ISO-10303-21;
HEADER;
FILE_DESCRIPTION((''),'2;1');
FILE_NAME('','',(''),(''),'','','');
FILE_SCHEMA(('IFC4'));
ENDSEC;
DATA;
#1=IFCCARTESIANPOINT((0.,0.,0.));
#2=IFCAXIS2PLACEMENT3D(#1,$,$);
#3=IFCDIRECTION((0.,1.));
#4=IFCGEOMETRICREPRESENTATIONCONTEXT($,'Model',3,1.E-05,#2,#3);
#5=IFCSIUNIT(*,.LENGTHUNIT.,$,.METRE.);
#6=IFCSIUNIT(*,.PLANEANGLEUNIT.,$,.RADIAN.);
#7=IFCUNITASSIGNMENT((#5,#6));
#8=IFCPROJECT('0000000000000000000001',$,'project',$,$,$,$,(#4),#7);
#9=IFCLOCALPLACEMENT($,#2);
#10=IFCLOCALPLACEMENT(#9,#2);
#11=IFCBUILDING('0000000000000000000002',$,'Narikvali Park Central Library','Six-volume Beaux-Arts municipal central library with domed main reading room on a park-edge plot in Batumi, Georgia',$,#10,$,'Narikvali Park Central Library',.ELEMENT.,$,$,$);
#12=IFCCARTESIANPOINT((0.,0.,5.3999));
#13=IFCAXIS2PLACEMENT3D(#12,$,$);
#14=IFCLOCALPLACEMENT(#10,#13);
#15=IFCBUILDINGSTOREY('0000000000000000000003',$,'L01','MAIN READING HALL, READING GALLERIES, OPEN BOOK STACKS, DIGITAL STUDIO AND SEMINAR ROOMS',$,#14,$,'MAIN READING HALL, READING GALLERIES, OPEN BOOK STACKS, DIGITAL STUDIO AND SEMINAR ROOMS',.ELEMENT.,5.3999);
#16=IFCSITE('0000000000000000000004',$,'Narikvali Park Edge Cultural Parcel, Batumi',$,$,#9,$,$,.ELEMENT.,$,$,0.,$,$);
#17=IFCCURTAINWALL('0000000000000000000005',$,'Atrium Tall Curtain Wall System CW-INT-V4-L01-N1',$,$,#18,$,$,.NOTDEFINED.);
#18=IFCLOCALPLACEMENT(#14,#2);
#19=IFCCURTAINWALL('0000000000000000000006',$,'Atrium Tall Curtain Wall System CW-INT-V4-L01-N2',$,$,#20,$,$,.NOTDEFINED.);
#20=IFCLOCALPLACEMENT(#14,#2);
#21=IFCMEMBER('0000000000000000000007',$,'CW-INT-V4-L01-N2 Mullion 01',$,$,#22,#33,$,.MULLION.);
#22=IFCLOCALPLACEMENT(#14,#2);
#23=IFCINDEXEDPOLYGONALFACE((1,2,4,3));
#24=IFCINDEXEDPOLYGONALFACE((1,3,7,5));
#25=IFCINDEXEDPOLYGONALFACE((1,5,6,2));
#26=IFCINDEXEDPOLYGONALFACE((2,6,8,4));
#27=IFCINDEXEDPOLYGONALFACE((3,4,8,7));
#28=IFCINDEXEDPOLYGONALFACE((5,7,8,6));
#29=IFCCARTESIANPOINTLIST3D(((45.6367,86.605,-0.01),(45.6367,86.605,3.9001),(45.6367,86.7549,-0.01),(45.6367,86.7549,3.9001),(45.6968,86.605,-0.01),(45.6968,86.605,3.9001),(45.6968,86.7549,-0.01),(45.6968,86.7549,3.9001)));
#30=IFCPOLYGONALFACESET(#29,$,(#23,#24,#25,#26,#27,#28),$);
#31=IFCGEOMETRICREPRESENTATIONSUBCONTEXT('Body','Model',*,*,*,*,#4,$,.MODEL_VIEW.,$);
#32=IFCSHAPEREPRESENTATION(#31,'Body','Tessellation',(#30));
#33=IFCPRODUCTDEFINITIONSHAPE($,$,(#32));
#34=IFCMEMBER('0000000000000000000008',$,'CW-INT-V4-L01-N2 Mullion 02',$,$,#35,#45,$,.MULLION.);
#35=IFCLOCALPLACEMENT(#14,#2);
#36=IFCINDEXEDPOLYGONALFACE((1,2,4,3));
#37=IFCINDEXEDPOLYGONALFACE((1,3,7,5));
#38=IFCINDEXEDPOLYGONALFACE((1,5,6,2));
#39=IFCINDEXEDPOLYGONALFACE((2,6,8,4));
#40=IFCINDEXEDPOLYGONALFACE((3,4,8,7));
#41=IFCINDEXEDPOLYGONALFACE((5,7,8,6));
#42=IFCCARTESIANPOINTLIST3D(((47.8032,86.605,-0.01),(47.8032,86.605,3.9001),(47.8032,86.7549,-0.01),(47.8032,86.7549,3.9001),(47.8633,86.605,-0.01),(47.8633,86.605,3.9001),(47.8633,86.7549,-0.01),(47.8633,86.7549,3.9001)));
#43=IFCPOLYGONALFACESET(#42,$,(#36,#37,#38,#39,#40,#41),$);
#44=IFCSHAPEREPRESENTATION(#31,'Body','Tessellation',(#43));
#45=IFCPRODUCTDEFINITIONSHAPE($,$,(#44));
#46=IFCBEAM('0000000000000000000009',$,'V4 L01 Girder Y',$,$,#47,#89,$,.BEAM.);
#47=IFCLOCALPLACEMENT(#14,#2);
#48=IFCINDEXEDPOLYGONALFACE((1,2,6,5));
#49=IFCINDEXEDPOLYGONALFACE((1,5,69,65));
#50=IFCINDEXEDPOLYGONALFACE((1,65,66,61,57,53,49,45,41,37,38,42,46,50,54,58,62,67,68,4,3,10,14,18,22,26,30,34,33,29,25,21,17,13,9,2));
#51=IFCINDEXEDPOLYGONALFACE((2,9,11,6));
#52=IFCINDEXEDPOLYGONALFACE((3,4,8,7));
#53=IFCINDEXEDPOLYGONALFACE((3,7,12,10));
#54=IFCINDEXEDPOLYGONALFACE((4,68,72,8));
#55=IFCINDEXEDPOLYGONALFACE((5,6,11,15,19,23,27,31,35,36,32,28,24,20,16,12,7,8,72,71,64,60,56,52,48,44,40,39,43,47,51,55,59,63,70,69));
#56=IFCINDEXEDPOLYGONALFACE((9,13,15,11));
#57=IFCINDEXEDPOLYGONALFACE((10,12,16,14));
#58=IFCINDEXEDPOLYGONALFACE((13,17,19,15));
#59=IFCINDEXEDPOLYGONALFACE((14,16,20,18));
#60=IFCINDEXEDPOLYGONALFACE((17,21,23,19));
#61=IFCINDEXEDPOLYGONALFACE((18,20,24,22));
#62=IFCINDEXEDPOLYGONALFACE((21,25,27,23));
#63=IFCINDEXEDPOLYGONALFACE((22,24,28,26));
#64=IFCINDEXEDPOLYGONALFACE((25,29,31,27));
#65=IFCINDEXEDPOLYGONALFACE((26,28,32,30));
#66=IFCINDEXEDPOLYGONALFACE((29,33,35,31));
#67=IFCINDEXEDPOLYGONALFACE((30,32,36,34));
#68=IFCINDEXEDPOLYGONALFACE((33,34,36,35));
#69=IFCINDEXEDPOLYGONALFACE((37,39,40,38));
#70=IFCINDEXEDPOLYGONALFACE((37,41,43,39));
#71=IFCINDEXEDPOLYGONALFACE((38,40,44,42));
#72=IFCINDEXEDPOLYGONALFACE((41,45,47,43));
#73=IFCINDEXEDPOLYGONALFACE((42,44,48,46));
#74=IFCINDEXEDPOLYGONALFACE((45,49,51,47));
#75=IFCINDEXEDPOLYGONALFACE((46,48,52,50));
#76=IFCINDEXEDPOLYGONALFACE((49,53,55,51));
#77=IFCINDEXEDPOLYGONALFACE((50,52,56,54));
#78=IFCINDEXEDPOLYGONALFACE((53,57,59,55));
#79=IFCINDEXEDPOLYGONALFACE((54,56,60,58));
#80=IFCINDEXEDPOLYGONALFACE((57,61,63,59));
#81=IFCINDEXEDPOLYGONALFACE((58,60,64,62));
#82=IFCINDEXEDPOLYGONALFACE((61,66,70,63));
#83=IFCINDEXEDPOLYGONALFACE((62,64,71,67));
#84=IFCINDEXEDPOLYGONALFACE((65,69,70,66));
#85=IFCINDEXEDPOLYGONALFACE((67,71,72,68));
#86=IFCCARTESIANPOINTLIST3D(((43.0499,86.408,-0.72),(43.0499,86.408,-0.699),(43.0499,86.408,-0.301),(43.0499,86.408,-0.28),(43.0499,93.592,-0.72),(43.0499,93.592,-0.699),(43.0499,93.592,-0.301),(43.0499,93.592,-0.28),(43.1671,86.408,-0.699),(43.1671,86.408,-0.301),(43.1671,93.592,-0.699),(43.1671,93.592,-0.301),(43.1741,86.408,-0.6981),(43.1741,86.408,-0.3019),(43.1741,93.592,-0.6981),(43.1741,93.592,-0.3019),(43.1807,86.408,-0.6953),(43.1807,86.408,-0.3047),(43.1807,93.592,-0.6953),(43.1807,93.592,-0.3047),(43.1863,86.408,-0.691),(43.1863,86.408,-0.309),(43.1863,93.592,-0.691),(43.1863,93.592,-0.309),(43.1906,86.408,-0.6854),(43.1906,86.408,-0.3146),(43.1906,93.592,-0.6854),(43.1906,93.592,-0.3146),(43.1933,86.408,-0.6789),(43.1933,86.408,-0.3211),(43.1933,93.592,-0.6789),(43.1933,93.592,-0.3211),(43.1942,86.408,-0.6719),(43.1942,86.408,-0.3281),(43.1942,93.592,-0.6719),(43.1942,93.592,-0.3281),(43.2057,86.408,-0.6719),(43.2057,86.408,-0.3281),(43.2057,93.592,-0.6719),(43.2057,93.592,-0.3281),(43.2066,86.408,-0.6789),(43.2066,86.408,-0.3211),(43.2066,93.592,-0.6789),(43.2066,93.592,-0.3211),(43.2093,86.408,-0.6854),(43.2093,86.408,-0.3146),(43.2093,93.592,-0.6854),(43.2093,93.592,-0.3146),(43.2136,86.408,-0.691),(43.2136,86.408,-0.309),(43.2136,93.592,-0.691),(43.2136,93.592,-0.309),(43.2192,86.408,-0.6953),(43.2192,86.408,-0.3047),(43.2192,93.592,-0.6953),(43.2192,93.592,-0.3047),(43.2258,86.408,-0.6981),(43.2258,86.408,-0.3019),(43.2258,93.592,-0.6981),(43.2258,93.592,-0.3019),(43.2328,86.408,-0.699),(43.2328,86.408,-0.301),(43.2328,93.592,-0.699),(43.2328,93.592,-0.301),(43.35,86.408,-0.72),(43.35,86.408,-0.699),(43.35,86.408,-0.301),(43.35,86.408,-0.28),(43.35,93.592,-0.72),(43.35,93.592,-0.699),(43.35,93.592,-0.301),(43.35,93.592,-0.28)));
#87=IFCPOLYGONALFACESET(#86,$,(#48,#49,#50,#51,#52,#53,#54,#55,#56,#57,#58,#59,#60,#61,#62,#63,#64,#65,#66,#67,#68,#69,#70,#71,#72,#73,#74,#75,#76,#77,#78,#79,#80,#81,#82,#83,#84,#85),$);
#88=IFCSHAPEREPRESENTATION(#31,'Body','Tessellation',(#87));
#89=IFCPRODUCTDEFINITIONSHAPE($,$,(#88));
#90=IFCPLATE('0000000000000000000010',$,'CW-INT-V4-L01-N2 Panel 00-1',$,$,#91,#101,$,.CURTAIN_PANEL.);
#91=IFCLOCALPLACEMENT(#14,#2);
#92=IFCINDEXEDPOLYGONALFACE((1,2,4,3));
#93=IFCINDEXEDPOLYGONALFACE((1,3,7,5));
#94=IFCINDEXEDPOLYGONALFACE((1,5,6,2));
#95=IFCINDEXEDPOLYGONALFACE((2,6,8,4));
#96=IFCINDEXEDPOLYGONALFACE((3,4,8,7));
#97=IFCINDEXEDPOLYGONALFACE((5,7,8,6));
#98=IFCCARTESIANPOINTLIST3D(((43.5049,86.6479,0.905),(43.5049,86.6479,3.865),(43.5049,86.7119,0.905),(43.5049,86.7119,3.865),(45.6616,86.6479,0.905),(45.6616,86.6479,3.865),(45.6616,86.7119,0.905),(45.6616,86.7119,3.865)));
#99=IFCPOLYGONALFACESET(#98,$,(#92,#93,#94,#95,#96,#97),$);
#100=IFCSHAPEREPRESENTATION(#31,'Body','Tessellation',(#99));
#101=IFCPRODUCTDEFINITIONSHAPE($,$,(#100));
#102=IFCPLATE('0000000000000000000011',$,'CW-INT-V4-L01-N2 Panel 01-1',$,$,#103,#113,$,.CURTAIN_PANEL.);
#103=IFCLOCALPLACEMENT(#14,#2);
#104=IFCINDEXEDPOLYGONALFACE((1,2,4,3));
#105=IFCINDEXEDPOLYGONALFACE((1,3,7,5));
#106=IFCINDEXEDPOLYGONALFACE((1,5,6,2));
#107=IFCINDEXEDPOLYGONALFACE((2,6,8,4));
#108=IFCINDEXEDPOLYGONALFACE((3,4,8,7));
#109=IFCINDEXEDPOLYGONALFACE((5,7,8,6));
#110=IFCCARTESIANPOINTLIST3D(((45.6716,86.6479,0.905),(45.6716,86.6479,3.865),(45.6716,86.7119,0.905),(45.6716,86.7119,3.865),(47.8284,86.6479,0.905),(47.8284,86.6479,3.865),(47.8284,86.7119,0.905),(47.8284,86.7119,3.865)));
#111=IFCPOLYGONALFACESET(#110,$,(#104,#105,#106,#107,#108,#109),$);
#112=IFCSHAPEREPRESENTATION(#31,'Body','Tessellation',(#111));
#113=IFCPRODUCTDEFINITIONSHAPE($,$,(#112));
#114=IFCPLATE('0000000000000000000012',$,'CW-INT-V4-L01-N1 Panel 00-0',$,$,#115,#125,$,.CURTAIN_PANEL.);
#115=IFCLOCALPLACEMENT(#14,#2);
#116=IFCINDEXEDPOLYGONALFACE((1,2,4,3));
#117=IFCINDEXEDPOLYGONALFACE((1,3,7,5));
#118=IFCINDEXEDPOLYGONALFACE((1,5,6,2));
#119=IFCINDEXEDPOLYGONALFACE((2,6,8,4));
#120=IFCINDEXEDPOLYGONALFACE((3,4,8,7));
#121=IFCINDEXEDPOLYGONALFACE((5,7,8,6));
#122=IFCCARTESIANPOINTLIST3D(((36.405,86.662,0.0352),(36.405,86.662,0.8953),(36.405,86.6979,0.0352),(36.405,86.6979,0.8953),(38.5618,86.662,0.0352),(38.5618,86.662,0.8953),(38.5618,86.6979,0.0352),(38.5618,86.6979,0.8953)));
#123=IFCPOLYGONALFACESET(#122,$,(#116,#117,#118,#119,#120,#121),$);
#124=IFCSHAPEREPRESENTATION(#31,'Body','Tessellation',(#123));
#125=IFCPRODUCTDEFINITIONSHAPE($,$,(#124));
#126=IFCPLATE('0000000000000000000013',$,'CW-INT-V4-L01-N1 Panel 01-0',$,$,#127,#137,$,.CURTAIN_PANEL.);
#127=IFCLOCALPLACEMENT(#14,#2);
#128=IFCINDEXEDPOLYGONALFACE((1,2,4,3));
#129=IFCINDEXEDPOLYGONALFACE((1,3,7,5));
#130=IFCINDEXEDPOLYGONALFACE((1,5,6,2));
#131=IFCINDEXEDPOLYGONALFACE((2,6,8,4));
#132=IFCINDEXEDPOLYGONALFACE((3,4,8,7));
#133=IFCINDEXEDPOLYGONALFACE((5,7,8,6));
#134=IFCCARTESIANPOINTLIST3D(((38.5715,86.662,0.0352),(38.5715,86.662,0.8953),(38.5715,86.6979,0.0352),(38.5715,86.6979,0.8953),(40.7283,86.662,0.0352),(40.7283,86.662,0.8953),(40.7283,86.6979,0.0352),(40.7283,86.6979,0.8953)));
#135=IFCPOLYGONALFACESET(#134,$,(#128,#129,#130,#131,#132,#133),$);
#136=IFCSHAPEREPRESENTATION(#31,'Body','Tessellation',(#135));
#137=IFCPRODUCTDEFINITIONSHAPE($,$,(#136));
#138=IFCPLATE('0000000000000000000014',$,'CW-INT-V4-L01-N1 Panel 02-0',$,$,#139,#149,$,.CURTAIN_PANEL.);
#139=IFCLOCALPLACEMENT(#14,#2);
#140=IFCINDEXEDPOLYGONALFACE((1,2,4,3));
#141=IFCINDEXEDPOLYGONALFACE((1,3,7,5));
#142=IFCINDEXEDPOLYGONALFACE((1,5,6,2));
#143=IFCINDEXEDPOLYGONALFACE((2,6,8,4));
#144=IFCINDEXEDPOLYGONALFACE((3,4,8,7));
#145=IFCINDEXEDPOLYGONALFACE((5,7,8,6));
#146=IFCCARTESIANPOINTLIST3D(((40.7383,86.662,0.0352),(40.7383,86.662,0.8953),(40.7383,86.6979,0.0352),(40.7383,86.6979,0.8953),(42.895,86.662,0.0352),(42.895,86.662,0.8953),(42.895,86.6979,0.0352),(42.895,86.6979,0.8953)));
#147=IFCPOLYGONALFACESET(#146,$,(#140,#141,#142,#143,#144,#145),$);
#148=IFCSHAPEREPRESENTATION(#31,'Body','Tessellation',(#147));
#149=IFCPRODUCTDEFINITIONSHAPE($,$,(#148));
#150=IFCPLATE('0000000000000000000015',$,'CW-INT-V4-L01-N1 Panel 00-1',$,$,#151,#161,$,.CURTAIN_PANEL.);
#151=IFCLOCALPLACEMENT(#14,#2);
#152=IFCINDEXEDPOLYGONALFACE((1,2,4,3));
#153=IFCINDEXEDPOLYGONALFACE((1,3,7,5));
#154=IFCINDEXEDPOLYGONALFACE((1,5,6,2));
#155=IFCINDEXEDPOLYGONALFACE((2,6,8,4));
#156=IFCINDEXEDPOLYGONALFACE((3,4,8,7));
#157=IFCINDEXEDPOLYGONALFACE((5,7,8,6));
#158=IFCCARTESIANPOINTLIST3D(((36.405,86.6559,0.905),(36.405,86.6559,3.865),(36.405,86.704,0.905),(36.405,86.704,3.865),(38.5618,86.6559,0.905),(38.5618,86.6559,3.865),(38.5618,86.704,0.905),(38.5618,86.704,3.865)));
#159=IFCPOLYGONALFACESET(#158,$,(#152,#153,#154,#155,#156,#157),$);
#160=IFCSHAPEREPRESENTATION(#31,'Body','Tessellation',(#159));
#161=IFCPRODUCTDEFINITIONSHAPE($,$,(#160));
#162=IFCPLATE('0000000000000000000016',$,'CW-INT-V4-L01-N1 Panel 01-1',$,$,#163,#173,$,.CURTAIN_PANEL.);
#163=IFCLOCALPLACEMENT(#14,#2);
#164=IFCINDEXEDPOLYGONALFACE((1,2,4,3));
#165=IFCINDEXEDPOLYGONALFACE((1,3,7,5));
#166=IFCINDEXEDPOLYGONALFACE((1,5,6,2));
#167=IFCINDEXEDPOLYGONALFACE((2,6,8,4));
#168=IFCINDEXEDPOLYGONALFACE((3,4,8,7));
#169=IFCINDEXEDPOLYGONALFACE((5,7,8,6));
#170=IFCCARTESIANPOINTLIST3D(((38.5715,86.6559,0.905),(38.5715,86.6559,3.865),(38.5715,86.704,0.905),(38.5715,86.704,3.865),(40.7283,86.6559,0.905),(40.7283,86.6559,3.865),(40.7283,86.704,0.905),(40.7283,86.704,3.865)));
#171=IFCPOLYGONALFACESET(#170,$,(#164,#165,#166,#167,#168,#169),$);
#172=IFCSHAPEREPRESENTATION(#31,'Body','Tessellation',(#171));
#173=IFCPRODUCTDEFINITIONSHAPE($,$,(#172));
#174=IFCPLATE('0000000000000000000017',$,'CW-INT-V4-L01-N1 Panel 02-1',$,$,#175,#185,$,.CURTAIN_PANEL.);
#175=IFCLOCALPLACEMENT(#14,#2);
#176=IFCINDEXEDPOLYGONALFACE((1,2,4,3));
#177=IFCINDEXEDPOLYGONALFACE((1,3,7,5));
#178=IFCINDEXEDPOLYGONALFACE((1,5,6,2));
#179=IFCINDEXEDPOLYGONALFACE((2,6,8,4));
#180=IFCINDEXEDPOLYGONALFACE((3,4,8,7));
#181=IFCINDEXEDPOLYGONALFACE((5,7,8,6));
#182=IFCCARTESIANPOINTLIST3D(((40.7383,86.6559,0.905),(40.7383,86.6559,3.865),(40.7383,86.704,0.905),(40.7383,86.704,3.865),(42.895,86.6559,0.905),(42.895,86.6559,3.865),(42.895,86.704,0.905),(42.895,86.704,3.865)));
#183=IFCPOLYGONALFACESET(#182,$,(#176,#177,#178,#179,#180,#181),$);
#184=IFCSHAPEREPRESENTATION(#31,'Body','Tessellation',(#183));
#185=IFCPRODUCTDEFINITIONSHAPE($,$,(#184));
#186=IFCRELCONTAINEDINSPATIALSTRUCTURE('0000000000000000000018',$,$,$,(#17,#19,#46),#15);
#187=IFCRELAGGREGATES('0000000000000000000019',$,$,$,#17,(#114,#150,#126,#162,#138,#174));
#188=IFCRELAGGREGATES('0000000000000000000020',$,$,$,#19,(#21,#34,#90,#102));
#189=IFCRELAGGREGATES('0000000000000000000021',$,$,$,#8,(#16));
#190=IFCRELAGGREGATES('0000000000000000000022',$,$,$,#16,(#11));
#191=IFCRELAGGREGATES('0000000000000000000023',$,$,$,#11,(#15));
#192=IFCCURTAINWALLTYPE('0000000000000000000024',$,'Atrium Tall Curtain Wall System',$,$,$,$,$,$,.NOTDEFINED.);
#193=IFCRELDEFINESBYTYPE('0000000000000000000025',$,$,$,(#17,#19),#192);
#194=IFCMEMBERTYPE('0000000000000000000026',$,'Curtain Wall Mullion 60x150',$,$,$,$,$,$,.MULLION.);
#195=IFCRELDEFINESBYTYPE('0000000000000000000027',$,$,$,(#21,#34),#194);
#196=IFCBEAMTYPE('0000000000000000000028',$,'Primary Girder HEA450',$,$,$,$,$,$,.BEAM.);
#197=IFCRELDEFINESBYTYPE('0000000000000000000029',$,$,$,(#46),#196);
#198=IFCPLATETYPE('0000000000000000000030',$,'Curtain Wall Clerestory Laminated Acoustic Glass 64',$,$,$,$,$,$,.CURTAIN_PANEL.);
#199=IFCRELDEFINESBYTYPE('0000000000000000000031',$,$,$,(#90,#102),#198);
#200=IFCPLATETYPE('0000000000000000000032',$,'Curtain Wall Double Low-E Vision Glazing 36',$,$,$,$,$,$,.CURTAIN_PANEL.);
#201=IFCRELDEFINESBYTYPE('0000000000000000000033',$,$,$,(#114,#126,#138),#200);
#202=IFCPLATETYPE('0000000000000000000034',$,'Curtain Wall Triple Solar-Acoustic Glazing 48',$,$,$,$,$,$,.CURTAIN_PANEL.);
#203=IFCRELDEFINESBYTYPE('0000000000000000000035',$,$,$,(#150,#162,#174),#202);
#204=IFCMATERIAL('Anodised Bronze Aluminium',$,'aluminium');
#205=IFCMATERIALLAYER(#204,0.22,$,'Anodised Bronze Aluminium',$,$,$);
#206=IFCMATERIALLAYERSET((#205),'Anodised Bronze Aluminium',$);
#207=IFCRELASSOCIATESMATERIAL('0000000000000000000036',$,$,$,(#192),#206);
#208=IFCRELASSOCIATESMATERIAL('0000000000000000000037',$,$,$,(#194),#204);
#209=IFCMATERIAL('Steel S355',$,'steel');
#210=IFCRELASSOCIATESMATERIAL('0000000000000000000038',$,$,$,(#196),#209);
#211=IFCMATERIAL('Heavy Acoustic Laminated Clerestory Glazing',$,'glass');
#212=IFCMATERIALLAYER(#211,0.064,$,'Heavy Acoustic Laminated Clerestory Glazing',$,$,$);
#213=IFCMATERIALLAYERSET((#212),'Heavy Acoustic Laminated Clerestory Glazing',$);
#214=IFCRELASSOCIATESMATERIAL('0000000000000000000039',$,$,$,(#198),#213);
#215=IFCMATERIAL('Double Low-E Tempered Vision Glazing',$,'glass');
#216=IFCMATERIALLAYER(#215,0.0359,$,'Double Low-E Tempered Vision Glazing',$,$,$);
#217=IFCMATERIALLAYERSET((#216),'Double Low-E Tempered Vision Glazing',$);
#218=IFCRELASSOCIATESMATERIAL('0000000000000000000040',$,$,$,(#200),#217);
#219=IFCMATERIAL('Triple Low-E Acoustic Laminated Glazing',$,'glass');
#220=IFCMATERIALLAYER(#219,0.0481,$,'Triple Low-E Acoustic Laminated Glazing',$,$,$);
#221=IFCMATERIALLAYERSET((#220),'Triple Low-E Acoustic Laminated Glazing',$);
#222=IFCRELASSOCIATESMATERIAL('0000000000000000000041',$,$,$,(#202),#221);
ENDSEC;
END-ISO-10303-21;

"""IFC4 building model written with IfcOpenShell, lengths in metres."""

from ifc_helpers import new_model, si_unit, direction, frame, origin, origin_2d, place, context, subcontext, project, spatial, rectangle, i_section, extrude, material, layer, layer_set, material_profile, profile_set, type_object, element, aggregate, save


model = new_model("IFC4")

# Units and contexts
model_context = context("Model", 3, precision=1e-05, world=origin(), true_north=direction((0.0, 1.0)))
body_context = subcontext(model_context, "Body", "Model", "MODEL_VIEW")
ifc_project = project(units=[si_unit("LENGTHUNIT", "METRE"), si_unit("PLANEANGLEUNIT", "RADIAN")], contexts=[model_context])

# Site, building, storey
site_placement = place(None, origin())
site = spatial("IfcSite", under=ifc_project, at=site_placement, Name="Narikvali Park Edge Cultural Parcel, Batumi", CompositionType="ELEMENT", RefElevation=0.0)
building_placement = place(site_placement, origin())
building = spatial("IfcBuilding", under=site, at=building_placement, Name="Narikvali Park Central Library", Description="Six-volume Beaux-Arts municipal central library with domed main reading room on a park-edge plot in Batumi, Georgia", LongName="Narikvali Park Central Library", CompositionType="ELEMENT")
storey_placement = place(building_placement, frame((0.0, 0.0, 5.3999)))
storey = spatial("IfcBuildingStorey", under=building, at=storey_placement, Name="L01", Description="MAIN READING HALL, READING GALLERIES, OPEN BOOK STACKS, DIGITAL STUDIO AND SEMINAR ROOMS", LongName="MAIN READING HALL, READING GALLERIES, OPEN BOOK STACKS, DIGITAL STUDIO AND SEMINAR ROOMS", CompositionType="ELEMENT", Elevation=5.3999)

# Shared definitions
ifc_material_1 = material(Name="Steel S355", Category="steel")

# Curtain walls
ifc_material_2 = material(Name="Anodised Bronze Aluminium", Category="aluminium")
ifc_layer_1 = layer(ifc_material_2, 0.22, Name="Anodised Bronze Aluminium")
ifc_layer_set_1 = layer_set([ifc_layer_1], Name="Anodised Bronze Aluminium")
curtain_wall_type = type_object("IfcCurtainWallType", Name="Atrium Tall Curtain Wall System", PredefinedType="NOTDEFINED", material=ifc_layer_set_1)
curtain_wall_1_placement = place(storey_placement, origin())
curtain_wall_1 = element("IfcCurtainWall", 1, at=curtain_wall_1_placement, inside=storey, type_object=curtain_wall_type, Name="Atrium Tall Curtain Wall System CW-INT-V4-L01-N1", PredefinedType="NOTDEFINED")
curtain_wall_2_placement = place(storey_placement, origin())
curtain_wall_2 = element("IfcCurtainWall", 2, at=curtain_wall_2_placement, inside=storey, type_object=curtain_wall_type, Name="Atrium Tall Curtain Wall System CW-INT-V4-L01-N2", PredefinedType="NOTDEFINED")

# Members
ifc_material_profile_1 = material_profile(ifc_material_2, rectangle(XDim=0.0601, YDim=0.1499, at=origin_2d()), Name="CW MULLION 60x150")
ifc_profile_set_1 = profile_set([ifc_material_profile_1], Name="Anodised Bronze Aluminium")
member_type_1 = type_object("IfcMemberType", Name="Curtain Wall Mullion 60x150", PredefinedType="MULLION", material=ifc_profile_set_1)
member_1_placement = place(storey_placement, frame((45.6667, 86.6799, -0.01), z_axis=(0.0, 0.0, 1.0), x_axis=(1.0, 0.0, 0.0)))
member_1 = element("IfcMember", 3, at=member_1_placement, type_object=member_type_1, Name="CW-INT-V4-L01-N2 Mullion 01", PredefinedType="MULLION", context=body_context, shape_type="SweptSolid", body=[
    extrude(rectangle(XDim=0.0601, YDim=0.1499, at=origin_2d()), origin(), (0.0, 0.0, 1.0), 3.9102),
])
member_2_placement = place(storey_placement, frame((47.8333, 86.6799, -0.01), z_axis=(0.0, 0.0, 1.0), x_axis=(1.0, 0.0, 0.0)))
member_2 = element("IfcMember", 4, at=member_2_placement, type_object=member_type_1, Name="CW-INT-V4-L01-N2 Mullion 02", PredefinedType="MULLION", context=body_context, shape_type="SweptSolid", body=[
    extrude(rectangle(XDim=0.0601, YDim=0.1499, at=origin_2d()), origin(), (0.0, 0.0, 1.0), 3.9102),
])

# Beam
ifc_material_profile_2 = material_profile(ifc_material_1, i_section(OverallWidth=0.3, OverallDepth=0.4399, WebThickness=0.0115, FlangeThickness=0.021, FilletRadius=0.0271, at=origin_2d()), Name="HEA 450")
ifc_profile_set_2 = profile_set([ifc_material_profile_2], Name="Steel S355")
beam_type = type_object("IfcBeamType", Name="Primary Girder HEA450", PredefinedType="BEAM", material=ifc_profile_set_2)
beam_placement = place(storey_placement, frame((43.2, 86.408, -0.5), z_axis=(0.0, 1.0, 0.0), x_axis=(-1.0, 0.0, 0.0)))
element("IfcBeam", 5, at=beam_placement, inside=storey, type_object=beam_type, Name="V4 L01 Girder Y", PredefinedType="BEAM", context=body_context, shape_type="SweptSolid", body=[
    extrude(i_section(OverallWidth=0.3, OverallDepth=0.4399, WebThickness=0.0115, FlangeThickness=0.021, FilletRadius=0.0271, at=origin_2d()), origin(), (0.0, 0.0, 1.0), 7.1841),
])

# Plates
ifc_material_3 = material(Name="Heavy Acoustic Laminated Clerestory Glazing", Category="glass")
ifc_layer_2 = layer(ifc_material_3, 0.064, Name="Heavy Acoustic Laminated Clerestory Glazing")
ifc_layer_set_2 = layer_set([ifc_layer_2], Name="Heavy Acoustic Laminated Clerestory Glazing")
plate_type_1 = type_object("IfcPlateType", Name="Curtain Wall Clerestory Laminated Acoustic Glass 64", PredefinedType="CURTAIN_PANEL", material=ifc_layer_set_2)
plate_1_placement = place(storey_placement, frame((44.5833, 86.6799, 0.905), z_axis=(0.0, 0.0, 1.0), x_axis=(1.0, 0.0, 0.0)))
plate_1 = element("IfcPlate", 6, at=plate_1_placement, type_object=plate_type_1, Name="CW-INT-V4-L01-N2 Panel 00-1", PredefinedType="CURTAIN_PANEL", context=body_context, shape_type="SweptSolid", body=[
    extrude(rectangle(XDim=2.1567, YDim=0.064, at=origin_2d()), origin(), (0.0, 0.0, 1.0), 2.96),
])
plate_2_placement = place(storey_placement, frame((46.75, 86.6799, 0.905), z_axis=(0.0, 0.0, 1.0), x_axis=(1.0, 0.0, 0.0)))
plate_2 = element("IfcPlate", 7, at=plate_2_placement, type_object=plate_type_1, Name="CW-INT-V4-L01-N2 Panel 01-1", PredefinedType="CURTAIN_PANEL", context=body_context, shape_type="SweptSolid", body=[
    extrude(rectangle(XDim=2.1567, YDim=0.064, at=origin_2d()), origin(), (0.0, 0.0, 1.0), 2.96),
])
ifc_material_4 = material(Name="Double Low-E Tempered Vision Glazing", Category="glass")
ifc_layer_3 = layer(ifc_material_4, 0.0359, Name="Double Low-E Tempered Vision Glazing")
ifc_layer_set_3 = layer_set([ifc_layer_3], Name="Double Low-E Tempered Vision Glazing")
plate_type_2 = type_object("IfcPlateType", Name="Curtain Wall Double Low-E Vision Glazing 36", PredefinedType="CURTAIN_PANEL", material=ifc_layer_set_3)
plate_3_placement = place(storey_placement, frame((37.4834, 86.6799, 0.0352), z_axis=(0.0, 0.0, 1.0), x_axis=(1.0, 0.0, 0.0)))
plate_3 = element("IfcPlate", 8, at=plate_3_placement, type_object=plate_type_2, Name="CW-INT-V4-L01-N1 Panel 00-0", PredefinedType="CURTAIN_PANEL", context=body_context, shape_type="SweptSolid", body=[
    extrude(rectangle(XDim=2.1567, YDim=0.0359, at=origin_2d()), origin(), (0.0, 0.0, 1.0), 0.8601),
])
plate_4_placement = place(storey_placement, frame((39.6499, 86.6799, 0.0352), z_axis=(0.0, 0.0, 1.0), x_axis=(1.0, 0.0, 0.0)))
plate_4 = element("IfcPlate", 9, at=plate_4_placement, type_object=plate_type_2, Name="CW-INT-V4-L01-N1 Panel 01-0", PredefinedType="CURTAIN_PANEL", context=body_context, shape_type="SweptSolid", body=[
    extrude(rectangle(XDim=2.1567, YDim=0.0359, at=origin_2d()), origin(), (0.0, 0.0, 1.0), 0.8601),
])
plate_5_placement = place(storey_placement, frame((41.8167, 86.6799, 0.0352), z_axis=(0.0, 0.0, 1.0), x_axis=(1.0, 0.0, 0.0)))
plate_5 = element("IfcPlate", 10, at=plate_5_placement, type_object=plate_type_2, Name="CW-INT-V4-L01-N1 Panel 02-0", PredefinedType="CURTAIN_PANEL", context=body_context, shape_type="SweptSolid", body=[
    extrude(rectangle(XDim=2.1567, YDim=0.0359, at=origin_2d()), origin(), (0.0, 0.0, 1.0), 0.8601),
])
ifc_material_5 = material(Name="Triple Low-E Acoustic Laminated Glazing", Category="glass")
ifc_layer_4 = layer(ifc_material_5, 0.0481, Name="Triple Low-E Acoustic Laminated Glazing")
ifc_layer_set_4 = layer_set([ifc_layer_4], Name="Triple Low-E Acoustic Laminated Glazing")
plate_type_3 = type_object("IfcPlateType", Name="Curtain Wall Triple Solar-Acoustic Glazing 48", PredefinedType="CURTAIN_PANEL", material=ifc_layer_set_4)
plate_6_placement = place(storey_placement, frame((37.4834, 86.6799, 0.905), z_axis=(0.0, 0.0, 1.0), x_axis=(1.0, 0.0, 0.0)))
plate_6 = element("IfcPlate", 11, at=plate_6_placement, type_object=plate_type_3, Name="CW-INT-V4-L01-N1 Panel 00-1", PredefinedType="CURTAIN_PANEL", context=body_context, shape_type="SweptSolid", body=[
    extrude(rectangle(XDim=2.1567, YDim=0.0481, at=origin_2d()), origin(), (0.0, 0.0, 1.0), 2.96),
])
plate_7_placement = place(storey_placement, frame((39.6499, 86.6799, 0.905), z_axis=(0.0, 0.0, 1.0), x_axis=(1.0, 0.0, 0.0)))
plate_7 = element("IfcPlate", 12, at=plate_7_placement, type_object=plate_type_3, Name="CW-INT-V4-L01-N1 Panel 01-1", PredefinedType="CURTAIN_PANEL", context=body_context, shape_type="SweptSolid", body=[
    extrude(rectangle(XDim=2.1567, YDim=0.0481, at=origin_2d()), origin(), (0.0, 0.0, 1.0), 2.96),
])
plate_8_placement = place(storey_placement, frame((41.8167, 86.6799, 0.905), z_axis=(0.0, 0.0, 1.0), x_axis=(1.0, 0.0, 0.0)))
plate_8 = element("IfcPlate", 13, at=plate_8_placement, type_object=plate_type_3, Name="CW-INT-V4-L01-N1 Panel 02-1", PredefinedType="CURTAIN_PANEL", context=body_context, shape_type="SweptSolid", body=[
    extrude(rectangle(XDim=2.1567, YDim=0.0481, at=origin_2d()), origin(), (0.0, 0.0, 1.0), 2.96),
])
aggregate(curtain_wall_1, [plate_3, plate_6, plate_4, plate_7, plate_5, plate_8])
aggregate(curtain_wall_2, [member_1, member_2, plate_1, plate_2])

save(model, "model.ifc")
